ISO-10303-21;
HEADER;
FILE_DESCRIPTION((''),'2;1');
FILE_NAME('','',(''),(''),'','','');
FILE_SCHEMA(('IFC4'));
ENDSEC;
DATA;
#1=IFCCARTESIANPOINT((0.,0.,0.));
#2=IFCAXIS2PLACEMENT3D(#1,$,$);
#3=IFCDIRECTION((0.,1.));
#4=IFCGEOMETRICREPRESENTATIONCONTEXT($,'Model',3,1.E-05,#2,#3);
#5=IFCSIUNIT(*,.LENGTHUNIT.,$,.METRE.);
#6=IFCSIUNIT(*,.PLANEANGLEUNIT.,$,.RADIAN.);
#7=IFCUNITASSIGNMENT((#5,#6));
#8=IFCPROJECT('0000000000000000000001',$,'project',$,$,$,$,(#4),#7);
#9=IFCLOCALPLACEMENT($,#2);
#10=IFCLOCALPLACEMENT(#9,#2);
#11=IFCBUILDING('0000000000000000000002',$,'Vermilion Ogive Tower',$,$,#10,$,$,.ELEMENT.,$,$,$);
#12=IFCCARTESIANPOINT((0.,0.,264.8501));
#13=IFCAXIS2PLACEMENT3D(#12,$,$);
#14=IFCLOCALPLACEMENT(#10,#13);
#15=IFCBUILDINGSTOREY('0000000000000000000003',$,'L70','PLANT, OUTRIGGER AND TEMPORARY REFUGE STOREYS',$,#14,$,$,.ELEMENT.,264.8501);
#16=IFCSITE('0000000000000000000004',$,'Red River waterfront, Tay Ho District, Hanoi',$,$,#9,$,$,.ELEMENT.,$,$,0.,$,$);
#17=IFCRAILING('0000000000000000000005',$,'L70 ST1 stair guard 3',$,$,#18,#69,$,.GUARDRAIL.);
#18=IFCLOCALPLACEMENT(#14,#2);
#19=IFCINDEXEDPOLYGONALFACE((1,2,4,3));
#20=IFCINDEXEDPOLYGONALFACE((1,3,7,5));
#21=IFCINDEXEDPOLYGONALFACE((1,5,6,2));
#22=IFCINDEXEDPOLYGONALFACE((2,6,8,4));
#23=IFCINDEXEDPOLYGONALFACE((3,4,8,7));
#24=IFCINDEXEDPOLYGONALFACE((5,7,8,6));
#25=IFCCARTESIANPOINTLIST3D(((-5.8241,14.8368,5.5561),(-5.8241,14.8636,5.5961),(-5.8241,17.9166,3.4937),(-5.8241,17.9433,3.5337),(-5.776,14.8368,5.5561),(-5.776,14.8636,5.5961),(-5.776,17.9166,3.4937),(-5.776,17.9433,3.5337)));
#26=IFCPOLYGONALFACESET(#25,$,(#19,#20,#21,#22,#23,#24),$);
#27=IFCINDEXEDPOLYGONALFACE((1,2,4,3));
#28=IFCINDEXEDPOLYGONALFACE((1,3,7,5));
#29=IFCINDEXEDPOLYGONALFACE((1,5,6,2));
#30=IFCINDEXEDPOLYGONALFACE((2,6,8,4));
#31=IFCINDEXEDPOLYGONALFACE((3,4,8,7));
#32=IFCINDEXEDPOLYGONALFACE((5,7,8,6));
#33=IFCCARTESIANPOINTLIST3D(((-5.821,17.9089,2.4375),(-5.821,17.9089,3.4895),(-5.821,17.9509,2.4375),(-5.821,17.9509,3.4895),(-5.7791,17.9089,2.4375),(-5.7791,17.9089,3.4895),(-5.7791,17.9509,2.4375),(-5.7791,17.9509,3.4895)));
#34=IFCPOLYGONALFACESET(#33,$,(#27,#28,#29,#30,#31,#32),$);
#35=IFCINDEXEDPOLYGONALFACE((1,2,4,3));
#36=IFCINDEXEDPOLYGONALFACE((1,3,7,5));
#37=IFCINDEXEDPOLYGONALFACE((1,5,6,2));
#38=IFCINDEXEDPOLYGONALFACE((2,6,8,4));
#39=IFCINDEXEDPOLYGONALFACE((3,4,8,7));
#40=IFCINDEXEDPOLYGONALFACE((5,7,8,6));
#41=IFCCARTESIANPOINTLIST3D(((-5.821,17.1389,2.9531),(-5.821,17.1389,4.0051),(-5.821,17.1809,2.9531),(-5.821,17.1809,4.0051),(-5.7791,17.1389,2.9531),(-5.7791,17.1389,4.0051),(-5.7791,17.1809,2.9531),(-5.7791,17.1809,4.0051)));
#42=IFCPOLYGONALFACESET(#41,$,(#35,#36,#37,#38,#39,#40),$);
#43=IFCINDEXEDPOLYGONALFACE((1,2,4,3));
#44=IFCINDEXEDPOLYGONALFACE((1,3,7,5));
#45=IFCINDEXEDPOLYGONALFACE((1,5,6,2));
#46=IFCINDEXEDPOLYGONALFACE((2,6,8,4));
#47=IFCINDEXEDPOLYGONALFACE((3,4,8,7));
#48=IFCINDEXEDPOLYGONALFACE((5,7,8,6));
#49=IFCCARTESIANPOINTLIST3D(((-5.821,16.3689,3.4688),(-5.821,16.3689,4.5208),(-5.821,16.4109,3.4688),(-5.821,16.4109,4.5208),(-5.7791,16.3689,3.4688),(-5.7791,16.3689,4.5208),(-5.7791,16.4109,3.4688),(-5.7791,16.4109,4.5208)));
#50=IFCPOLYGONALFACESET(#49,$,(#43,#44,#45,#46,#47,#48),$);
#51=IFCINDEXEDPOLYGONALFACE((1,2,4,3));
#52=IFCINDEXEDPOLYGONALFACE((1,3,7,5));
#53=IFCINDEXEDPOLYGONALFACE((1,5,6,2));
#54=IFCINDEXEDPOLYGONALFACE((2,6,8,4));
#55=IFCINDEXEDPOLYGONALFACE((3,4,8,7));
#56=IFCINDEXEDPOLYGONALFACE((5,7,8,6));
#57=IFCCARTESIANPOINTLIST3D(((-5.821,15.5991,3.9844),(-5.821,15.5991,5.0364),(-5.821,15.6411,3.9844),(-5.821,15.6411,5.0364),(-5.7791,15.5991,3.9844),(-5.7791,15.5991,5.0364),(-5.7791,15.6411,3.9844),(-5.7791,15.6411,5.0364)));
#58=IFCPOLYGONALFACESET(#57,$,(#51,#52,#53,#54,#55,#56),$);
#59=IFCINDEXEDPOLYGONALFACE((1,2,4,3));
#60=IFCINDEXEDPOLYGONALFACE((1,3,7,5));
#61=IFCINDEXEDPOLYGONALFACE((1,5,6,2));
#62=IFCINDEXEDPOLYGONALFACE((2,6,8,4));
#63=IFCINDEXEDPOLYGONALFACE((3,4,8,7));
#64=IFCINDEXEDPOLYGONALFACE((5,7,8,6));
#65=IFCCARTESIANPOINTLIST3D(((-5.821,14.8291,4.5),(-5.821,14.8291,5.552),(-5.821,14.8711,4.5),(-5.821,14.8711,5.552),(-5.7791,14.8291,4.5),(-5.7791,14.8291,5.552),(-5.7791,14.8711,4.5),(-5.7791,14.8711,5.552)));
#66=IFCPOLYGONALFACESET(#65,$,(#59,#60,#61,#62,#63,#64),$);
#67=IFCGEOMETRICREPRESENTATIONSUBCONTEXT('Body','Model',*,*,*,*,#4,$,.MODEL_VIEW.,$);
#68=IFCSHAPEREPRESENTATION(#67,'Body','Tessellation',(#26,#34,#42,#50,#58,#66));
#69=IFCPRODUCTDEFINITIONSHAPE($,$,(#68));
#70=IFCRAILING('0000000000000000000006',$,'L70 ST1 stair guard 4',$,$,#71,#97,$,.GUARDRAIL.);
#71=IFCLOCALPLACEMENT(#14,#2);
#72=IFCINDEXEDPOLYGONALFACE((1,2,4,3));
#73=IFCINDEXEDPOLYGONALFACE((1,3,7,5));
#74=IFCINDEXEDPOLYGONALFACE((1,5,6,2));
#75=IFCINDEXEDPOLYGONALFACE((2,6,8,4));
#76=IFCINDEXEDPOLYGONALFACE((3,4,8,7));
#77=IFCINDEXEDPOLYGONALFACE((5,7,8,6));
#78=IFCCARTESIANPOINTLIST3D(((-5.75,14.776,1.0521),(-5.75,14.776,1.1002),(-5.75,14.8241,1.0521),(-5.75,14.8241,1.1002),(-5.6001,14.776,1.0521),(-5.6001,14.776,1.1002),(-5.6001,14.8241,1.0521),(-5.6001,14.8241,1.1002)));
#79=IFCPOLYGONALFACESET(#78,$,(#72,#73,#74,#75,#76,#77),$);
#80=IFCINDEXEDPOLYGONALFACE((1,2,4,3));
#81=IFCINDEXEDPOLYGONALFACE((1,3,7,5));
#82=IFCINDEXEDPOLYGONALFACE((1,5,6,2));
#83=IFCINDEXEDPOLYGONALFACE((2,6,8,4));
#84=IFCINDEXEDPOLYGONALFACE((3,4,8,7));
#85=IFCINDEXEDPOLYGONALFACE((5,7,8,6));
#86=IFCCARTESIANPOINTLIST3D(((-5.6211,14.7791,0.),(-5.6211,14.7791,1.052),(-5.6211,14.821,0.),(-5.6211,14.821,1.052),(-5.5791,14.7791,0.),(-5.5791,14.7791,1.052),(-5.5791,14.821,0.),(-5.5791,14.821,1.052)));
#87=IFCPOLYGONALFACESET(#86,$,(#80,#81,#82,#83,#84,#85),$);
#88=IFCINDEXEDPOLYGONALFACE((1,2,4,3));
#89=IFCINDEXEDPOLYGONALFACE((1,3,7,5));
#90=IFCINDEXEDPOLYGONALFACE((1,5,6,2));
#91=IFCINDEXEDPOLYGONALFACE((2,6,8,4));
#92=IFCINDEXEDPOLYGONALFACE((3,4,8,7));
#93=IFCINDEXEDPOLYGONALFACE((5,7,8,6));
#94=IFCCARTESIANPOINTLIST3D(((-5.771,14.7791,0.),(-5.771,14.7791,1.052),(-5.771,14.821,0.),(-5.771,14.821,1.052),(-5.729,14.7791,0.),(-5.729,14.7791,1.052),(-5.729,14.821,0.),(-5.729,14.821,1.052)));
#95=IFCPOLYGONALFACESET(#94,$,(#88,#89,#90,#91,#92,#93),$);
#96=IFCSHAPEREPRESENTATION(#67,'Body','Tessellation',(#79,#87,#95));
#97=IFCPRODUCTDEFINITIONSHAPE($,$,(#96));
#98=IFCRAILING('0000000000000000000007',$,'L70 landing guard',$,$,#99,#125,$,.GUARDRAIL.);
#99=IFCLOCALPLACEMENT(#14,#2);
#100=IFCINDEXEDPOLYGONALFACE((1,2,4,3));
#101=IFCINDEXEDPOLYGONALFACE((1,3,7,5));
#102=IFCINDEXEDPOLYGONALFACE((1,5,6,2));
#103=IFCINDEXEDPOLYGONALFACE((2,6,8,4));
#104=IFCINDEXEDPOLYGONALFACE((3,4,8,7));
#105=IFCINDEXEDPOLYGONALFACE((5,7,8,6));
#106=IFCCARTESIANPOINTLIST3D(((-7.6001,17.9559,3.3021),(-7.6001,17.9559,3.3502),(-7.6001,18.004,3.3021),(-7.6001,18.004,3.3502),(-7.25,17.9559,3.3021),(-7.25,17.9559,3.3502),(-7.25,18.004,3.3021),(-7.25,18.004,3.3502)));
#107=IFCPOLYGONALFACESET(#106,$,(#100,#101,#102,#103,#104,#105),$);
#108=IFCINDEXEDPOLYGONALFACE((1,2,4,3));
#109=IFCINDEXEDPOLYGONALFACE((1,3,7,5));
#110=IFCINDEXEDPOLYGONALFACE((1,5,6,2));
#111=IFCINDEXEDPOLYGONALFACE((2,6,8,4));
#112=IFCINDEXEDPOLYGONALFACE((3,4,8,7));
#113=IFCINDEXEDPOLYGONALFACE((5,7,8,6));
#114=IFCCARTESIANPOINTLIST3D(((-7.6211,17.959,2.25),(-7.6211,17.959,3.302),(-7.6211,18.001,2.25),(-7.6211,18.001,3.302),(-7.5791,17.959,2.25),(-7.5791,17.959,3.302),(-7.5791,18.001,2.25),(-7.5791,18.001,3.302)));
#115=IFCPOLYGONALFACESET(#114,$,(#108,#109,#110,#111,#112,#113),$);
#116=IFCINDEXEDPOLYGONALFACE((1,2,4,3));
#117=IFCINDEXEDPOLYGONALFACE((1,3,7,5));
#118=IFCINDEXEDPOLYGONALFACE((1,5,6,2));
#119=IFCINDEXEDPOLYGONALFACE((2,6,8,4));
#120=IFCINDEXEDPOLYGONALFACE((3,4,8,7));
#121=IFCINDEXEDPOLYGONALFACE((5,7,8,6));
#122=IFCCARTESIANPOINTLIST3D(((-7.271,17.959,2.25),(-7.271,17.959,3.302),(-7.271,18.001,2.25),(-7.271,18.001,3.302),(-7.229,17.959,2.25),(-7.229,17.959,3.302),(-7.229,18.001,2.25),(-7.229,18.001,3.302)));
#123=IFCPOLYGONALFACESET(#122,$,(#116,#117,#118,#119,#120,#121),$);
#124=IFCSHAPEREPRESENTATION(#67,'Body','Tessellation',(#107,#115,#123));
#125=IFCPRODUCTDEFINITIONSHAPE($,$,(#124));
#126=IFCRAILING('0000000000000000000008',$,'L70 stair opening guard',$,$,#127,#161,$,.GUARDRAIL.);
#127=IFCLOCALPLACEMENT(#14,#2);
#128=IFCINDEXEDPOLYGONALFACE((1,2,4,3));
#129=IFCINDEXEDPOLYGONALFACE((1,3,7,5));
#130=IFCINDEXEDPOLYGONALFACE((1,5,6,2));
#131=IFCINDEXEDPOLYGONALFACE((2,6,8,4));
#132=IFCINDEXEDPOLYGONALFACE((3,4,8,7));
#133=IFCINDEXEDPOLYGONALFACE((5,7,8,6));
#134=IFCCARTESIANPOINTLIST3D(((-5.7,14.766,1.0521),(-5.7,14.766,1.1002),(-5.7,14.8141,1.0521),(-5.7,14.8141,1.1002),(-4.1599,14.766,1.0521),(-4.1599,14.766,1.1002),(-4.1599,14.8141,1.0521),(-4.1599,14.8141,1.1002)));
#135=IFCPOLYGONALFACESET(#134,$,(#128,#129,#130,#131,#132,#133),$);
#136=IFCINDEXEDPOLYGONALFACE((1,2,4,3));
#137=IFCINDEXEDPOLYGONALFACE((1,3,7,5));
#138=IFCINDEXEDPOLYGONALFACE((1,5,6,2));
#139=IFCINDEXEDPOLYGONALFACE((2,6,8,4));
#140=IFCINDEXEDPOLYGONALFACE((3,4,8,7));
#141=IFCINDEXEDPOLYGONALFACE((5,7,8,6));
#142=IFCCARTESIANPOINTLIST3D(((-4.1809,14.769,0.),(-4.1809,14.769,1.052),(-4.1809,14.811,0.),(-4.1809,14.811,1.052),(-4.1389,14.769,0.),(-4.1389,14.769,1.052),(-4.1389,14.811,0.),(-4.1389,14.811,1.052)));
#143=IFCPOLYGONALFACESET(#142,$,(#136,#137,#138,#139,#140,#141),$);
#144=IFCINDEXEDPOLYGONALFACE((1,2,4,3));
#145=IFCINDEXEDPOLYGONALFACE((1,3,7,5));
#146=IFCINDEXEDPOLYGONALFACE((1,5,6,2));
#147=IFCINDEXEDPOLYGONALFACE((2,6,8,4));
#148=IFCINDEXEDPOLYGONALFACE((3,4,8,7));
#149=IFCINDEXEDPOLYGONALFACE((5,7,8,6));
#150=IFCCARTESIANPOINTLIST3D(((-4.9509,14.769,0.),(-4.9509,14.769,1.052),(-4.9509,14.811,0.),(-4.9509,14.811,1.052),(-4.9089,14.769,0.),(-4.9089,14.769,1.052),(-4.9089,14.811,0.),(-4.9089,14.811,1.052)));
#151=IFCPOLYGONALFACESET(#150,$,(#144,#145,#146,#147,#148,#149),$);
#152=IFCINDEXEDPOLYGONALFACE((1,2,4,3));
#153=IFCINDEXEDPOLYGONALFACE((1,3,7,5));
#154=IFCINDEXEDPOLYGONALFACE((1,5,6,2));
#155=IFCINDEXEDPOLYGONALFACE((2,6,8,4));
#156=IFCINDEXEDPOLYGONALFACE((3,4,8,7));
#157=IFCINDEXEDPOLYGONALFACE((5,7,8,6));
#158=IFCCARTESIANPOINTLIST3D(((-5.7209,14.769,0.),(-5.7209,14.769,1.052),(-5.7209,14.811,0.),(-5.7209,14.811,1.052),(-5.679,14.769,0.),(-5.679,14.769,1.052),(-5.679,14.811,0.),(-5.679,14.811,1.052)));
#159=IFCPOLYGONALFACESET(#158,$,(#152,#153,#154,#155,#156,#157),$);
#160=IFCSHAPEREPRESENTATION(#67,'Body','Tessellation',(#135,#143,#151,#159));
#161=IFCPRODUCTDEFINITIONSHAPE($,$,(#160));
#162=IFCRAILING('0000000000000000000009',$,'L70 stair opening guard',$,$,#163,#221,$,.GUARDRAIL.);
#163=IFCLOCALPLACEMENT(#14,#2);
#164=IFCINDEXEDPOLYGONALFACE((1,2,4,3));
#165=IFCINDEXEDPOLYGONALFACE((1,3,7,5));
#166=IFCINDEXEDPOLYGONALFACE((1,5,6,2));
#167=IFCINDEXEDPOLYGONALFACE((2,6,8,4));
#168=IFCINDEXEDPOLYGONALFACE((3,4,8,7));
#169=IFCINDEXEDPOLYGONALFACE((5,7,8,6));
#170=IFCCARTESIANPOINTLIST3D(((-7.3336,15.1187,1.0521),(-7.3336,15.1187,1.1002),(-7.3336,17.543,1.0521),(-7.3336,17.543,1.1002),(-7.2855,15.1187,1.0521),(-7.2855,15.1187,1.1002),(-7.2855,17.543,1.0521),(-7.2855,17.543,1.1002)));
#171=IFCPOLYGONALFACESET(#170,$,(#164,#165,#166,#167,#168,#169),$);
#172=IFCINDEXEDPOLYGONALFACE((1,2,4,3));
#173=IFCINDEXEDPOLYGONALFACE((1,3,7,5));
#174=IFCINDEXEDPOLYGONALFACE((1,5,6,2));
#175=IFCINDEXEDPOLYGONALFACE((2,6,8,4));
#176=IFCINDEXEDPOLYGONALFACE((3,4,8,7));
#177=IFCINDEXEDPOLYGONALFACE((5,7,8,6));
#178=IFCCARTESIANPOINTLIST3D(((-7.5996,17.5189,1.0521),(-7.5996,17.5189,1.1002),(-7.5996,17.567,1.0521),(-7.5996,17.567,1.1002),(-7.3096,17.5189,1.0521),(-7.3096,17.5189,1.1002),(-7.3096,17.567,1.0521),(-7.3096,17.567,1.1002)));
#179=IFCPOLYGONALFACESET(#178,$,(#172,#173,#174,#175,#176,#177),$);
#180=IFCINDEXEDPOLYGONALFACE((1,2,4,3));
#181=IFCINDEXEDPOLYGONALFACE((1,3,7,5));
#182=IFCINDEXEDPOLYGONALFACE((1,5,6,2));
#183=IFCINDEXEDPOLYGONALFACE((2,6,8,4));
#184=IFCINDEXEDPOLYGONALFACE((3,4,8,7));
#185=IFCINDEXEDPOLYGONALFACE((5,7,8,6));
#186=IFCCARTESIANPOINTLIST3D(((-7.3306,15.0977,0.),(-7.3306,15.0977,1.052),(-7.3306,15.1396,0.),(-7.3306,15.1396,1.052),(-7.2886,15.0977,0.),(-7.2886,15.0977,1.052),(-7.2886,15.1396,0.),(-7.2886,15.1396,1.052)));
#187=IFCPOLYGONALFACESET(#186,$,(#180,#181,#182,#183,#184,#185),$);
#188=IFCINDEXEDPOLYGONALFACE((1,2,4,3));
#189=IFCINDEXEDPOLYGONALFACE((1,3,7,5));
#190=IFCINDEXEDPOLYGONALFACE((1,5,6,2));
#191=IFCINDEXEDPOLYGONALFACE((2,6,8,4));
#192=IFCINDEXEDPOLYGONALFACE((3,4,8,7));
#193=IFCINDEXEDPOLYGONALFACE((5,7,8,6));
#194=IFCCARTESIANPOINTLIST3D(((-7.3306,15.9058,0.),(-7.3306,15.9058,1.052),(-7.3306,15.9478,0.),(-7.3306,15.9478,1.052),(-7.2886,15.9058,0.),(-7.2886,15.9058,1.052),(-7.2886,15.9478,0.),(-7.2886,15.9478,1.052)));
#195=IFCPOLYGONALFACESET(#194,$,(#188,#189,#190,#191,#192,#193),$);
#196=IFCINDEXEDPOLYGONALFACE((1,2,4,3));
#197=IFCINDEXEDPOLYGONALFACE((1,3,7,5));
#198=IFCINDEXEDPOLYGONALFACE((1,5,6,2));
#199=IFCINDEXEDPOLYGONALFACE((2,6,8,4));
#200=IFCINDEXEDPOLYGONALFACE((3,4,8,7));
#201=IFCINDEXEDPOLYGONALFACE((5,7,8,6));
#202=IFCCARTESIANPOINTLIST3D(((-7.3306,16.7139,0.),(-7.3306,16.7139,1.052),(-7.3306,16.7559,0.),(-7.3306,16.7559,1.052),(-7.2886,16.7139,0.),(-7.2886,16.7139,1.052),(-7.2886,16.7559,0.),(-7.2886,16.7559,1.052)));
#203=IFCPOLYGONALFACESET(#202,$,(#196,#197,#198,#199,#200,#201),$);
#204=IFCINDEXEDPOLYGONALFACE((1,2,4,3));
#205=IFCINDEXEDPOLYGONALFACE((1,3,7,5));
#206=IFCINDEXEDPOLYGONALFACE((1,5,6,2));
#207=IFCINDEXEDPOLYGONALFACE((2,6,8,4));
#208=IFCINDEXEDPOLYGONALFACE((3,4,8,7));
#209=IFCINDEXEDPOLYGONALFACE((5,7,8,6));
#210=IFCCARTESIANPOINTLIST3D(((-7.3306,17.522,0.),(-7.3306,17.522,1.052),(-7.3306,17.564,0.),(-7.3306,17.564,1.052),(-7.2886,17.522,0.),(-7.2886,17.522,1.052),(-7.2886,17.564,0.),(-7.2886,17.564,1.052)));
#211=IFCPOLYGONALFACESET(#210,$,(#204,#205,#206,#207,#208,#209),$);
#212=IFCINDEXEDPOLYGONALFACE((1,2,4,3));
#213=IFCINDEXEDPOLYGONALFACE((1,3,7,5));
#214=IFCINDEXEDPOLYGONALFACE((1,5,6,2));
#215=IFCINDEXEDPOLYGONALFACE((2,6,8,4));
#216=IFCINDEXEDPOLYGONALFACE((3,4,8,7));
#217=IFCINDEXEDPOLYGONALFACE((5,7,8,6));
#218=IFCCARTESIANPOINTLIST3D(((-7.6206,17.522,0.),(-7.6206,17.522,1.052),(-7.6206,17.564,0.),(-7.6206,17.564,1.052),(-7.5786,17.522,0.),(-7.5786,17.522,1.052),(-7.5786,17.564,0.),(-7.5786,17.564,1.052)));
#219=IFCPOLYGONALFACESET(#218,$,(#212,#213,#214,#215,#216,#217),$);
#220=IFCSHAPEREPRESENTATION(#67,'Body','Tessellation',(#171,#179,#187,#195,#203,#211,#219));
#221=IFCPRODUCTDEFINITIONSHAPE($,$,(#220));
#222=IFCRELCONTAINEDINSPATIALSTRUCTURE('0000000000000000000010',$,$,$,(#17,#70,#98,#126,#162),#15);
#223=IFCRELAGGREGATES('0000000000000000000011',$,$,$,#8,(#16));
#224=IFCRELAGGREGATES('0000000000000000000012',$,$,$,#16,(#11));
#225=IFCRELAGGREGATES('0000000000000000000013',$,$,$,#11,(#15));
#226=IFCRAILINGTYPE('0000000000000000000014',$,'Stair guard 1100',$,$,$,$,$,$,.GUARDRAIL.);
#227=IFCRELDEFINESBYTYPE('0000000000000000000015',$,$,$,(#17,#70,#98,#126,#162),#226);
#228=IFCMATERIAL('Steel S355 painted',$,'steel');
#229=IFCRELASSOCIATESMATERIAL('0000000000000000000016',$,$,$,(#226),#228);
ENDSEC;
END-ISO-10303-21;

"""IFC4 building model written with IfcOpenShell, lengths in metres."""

from ifc_helpers import new_model, si_unit, direction, frame, origin, origin_2d, place, context, subcontext, project, spatial, rectangle, extrude, material, type_object, element, save


model = new_model("IFC4")

# Units and contexts
model_context = context("Model", 3, precision=1e-05, world=origin(), true_north=direction((0.0, 1.0)))
body_context = subcontext(model_context, "Body", "Model", "MODEL_VIEW")
ifc_project = project(units=[si_unit("LENGTHUNIT", "METRE"), si_unit("PLANEANGLEUNIT", "RADIAN")], contexts=[model_context])

# Site, building, storey
site_placement = place(None, origin())
site = spatial("IfcSite", under=ifc_project, at=site_placement, Name="Red River waterfront, Tay Ho District, Hanoi", CompositionType="ELEMENT", RefElevation=0.0)
building_placement = place(site_placement, origin())
building = spatial("IfcBuilding", under=site, at=building_placement, Name="Vermilion Ogive Tower", CompositionType="ELEMENT")
storey_placement = place(building_placement, frame((0.0, 0.0, 264.8501)))
storey = spatial("IfcBuildingStorey", under=building, at=storey_placement, Name="L70", Description="PLANT, OUTRIGGER AND TEMPORARY REFUGE STOREYS", CompositionType="ELEMENT", Elevation=264.8501)

# Railings
ifc_material_1 = material(Name="Steel S355 painted", Category="steel")
railing_type_1 = type_object("IfcRailingType", Name="Stair guard 1100", PredefinedType="GUARDRAIL", material=ifc_material_1)
railing_1_placement = place(storey_placement, frame((-5.8, 17.9299, 2.4375)))
element("IfcRailing", 1, at=railing_1_placement, inside=storey, type_object=railing_type_1, Name="L70 ST1 stair guard 3", PredefinedType="GUARDRAIL", context=body_context, shape_type="SweptSolid", body=[
    extrude(rectangle(XDim=0.0481, YDim=0.0481, at=origin_2d()), frame((0.0, 0.0, 1.0762), z_axis=(0.0, -0.830893, 0.556432), x_axis=(1.0, 0.0, 0.0)), (0.0, 0.0, 1.0), 3.7065),
    extrude(rectangle(XDim=0.042, YDim=0.042, at=origin_2d()), origin(), (0.0, 0.0, 1.0), 1.052),
    extrude(rectangle(XDim=0.042, YDim=0.042, at=origin_2d()), frame((0.0, -0.77, 0.5156)), (0.0, 0.0, 1.0), 1.052),
    extrude(rectangle(XDim=0.042, YDim=0.042, at=origin_2d()), frame((0.0, -1.54, 1.0312)), (0.0, 0.0, 1.0), 1.052),
    extrude(rectangle(XDim=0.042, YDim=0.042, at=origin_2d()), frame((0.0, -2.3098, 1.5469)), (0.0, 0.0, 1.0), 1.052),
    extrude(rectangle(XDim=0.042, YDim=0.042, at=origin_2d()), frame((0.0, -3.0798, 2.0625)), (0.0, 0.0, 1.0), 1.052),
])
railing_2_placement = place(storey_placement, frame((-5.6001, 14.8, 0.0)))
element("IfcRailing", 2, at=railing_2_placement, inside=storey, type_object=railing_type_1, Name="L70 ST1 stair guard 4", PredefinedType="GUARDRAIL", context=body_context, shape_type="SweptSolid", body=[
    extrude(rectangle(XDim=0.0481, YDim=0.0481, at=origin_2d()), frame((0.0, 0.0, 1.0762), z_axis=(-1.0, 0.0, 0.0), x_axis=(0.0, -1.0, 0.0)), (0.0, 0.0, 1.0), 0.1499),
    extrude(rectangle(XDim=0.042, YDim=0.042, at=origin_2d()), origin(), (0.0, 0.0, 1.0), 1.052),
    extrude(rectangle(XDim=0.042, YDim=0.042, at=origin_2d()), frame((-0.1499, 0.0, 0.0)), (0.0, 0.0, 1.0), 1.052),
])
railing_3_placement = place(storey_placement, frame((-7.6001, 17.98, 2.25)))
element("IfcRailing", 3, at=railing_3_placement, inside=storey, type_object=railing_type_1, Name="L70 landing guard", PredefinedType="GUARDRAIL", context=body_context, shape_type="SweptSolid", body=[
    extrude(rectangle(XDim=0.0481, YDim=0.0481, at=origin_2d()), frame((0.0, 0.0, 1.0762), z_axis=(1.0, 0.0, 0.0), x_axis=(0.0, 1.0, 0.0)), (0.0, 0.0, 1.0), 0.3501),
    extrude(rectangle(XDim=0.042, YDim=0.042, at=origin_2d()), origin(), (0.0, 0.0, 1.0), 1.052),
    extrude(rectangle(XDim=0.042, YDim=0.042, at=origin_2d()), frame((0.3501, 0.0, 0.0)), (0.0, 0.0, 1.0), 1.052),
])
railing_4_placement = place(storey_placement, frame((-4.1599, 14.79, 0.0)))
element("IfcRailing", 4, at=railing_4_placement, inside=storey, type_object=railing_type_1, Name="L70 stair opening guard", PredefinedType="GUARDRAIL", context=body_context, shape_type="SweptSolid", body=[
    extrude(rectangle(XDim=0.0481, YDim=0.0481, at=origin_2d()), frame((0.0, 0.0, 1.0762), z_axis=(-1.0, 0.0, 0.0), x_axis=(0.0, -1.0, 0.0)), (0.0, 0.0, 1.0), 1.54),
    extrude(rectangle(XDim=0.042, YDim=0.042, at=origin_2d()), origin(), (0.0, 0.0, 1.0), 1.052),
    extrude(rectangle(XDim=0.042, YDim=0.042, at=origin_2d()), frame((-0.77, 0.0, 0.0)), (0.0, 0.0, 1.0), 1.052),
    extrude(rectangle(XDim=0.042, YDim=0.042, at=origin_2d()), frame((-1.54, 0.0, 0.0)), (0.0, 0.0, 1.0), 1.052),
])
railing_5_placement = place(storey_placement, frame((-7.3096, 15.1187, 0.0)))
element("IfcRailing", 5, at=railing_5_placement, inside=storey, type_object=railing_type_1, Name="L70 stair opening guard", PredefinedType="GUARDRAIL", context=body_context, shape_type="SweptSolid", body=[
    extrude(rectangle(XDim=0.0481, YDim=0.0481, at=origin_2d()), frame((0.0, 0.0, 1.0762), z_axis=(0.0, 1.0, 0.0), x_axis=(-1.0, 0.0, 0.0)), (0.0, 0.0, 1.0), 2.4243),
    extrude(rectangle(XDim=0.0481, YDim=0.0481, at=origin_2d()), frame((0.0, 2.4243, 1.0762), z_axis=(-1.0, 0.0, 0.0), x_axis=(0.0, -1.0, 0.0)), (0.0, 0.0, 1.0), 0.29),
    extrude(rectangle(XDim=0.042, YDim=0.042, at=origin_2d()), origin(), (0.0, 0.0, 1.0), 1.052),
    extrude(rectangle(XDim=0.042, YDim=0.042, at=origin_2d()), frame((0.0, 0.8081, 0.0)), (0.0, 0.0, 1.0), 1.052),
    extrude(rectangle(XDim=0.042, YDim=0.042, at=origin_2d()), frame((0.0, 1.6162, 0.0)), (0.0, 0.0, 1.0), 1.052),
    extrude(rectangle(XDim=0.042, YDim=0.042, at=origin_2d()), frame((0.0, 2.4243, 0.0)), (0.0, 0.0, 1.0), 1.052),
    extrude(rectangle(XDim=0.042, YDim=0.042, at=origin_2d()), frame((-0.29, 2.4243, 0.0)), (0.0, 0.0, 1.0), 1.052),
])

save(model, "model.ifc")
